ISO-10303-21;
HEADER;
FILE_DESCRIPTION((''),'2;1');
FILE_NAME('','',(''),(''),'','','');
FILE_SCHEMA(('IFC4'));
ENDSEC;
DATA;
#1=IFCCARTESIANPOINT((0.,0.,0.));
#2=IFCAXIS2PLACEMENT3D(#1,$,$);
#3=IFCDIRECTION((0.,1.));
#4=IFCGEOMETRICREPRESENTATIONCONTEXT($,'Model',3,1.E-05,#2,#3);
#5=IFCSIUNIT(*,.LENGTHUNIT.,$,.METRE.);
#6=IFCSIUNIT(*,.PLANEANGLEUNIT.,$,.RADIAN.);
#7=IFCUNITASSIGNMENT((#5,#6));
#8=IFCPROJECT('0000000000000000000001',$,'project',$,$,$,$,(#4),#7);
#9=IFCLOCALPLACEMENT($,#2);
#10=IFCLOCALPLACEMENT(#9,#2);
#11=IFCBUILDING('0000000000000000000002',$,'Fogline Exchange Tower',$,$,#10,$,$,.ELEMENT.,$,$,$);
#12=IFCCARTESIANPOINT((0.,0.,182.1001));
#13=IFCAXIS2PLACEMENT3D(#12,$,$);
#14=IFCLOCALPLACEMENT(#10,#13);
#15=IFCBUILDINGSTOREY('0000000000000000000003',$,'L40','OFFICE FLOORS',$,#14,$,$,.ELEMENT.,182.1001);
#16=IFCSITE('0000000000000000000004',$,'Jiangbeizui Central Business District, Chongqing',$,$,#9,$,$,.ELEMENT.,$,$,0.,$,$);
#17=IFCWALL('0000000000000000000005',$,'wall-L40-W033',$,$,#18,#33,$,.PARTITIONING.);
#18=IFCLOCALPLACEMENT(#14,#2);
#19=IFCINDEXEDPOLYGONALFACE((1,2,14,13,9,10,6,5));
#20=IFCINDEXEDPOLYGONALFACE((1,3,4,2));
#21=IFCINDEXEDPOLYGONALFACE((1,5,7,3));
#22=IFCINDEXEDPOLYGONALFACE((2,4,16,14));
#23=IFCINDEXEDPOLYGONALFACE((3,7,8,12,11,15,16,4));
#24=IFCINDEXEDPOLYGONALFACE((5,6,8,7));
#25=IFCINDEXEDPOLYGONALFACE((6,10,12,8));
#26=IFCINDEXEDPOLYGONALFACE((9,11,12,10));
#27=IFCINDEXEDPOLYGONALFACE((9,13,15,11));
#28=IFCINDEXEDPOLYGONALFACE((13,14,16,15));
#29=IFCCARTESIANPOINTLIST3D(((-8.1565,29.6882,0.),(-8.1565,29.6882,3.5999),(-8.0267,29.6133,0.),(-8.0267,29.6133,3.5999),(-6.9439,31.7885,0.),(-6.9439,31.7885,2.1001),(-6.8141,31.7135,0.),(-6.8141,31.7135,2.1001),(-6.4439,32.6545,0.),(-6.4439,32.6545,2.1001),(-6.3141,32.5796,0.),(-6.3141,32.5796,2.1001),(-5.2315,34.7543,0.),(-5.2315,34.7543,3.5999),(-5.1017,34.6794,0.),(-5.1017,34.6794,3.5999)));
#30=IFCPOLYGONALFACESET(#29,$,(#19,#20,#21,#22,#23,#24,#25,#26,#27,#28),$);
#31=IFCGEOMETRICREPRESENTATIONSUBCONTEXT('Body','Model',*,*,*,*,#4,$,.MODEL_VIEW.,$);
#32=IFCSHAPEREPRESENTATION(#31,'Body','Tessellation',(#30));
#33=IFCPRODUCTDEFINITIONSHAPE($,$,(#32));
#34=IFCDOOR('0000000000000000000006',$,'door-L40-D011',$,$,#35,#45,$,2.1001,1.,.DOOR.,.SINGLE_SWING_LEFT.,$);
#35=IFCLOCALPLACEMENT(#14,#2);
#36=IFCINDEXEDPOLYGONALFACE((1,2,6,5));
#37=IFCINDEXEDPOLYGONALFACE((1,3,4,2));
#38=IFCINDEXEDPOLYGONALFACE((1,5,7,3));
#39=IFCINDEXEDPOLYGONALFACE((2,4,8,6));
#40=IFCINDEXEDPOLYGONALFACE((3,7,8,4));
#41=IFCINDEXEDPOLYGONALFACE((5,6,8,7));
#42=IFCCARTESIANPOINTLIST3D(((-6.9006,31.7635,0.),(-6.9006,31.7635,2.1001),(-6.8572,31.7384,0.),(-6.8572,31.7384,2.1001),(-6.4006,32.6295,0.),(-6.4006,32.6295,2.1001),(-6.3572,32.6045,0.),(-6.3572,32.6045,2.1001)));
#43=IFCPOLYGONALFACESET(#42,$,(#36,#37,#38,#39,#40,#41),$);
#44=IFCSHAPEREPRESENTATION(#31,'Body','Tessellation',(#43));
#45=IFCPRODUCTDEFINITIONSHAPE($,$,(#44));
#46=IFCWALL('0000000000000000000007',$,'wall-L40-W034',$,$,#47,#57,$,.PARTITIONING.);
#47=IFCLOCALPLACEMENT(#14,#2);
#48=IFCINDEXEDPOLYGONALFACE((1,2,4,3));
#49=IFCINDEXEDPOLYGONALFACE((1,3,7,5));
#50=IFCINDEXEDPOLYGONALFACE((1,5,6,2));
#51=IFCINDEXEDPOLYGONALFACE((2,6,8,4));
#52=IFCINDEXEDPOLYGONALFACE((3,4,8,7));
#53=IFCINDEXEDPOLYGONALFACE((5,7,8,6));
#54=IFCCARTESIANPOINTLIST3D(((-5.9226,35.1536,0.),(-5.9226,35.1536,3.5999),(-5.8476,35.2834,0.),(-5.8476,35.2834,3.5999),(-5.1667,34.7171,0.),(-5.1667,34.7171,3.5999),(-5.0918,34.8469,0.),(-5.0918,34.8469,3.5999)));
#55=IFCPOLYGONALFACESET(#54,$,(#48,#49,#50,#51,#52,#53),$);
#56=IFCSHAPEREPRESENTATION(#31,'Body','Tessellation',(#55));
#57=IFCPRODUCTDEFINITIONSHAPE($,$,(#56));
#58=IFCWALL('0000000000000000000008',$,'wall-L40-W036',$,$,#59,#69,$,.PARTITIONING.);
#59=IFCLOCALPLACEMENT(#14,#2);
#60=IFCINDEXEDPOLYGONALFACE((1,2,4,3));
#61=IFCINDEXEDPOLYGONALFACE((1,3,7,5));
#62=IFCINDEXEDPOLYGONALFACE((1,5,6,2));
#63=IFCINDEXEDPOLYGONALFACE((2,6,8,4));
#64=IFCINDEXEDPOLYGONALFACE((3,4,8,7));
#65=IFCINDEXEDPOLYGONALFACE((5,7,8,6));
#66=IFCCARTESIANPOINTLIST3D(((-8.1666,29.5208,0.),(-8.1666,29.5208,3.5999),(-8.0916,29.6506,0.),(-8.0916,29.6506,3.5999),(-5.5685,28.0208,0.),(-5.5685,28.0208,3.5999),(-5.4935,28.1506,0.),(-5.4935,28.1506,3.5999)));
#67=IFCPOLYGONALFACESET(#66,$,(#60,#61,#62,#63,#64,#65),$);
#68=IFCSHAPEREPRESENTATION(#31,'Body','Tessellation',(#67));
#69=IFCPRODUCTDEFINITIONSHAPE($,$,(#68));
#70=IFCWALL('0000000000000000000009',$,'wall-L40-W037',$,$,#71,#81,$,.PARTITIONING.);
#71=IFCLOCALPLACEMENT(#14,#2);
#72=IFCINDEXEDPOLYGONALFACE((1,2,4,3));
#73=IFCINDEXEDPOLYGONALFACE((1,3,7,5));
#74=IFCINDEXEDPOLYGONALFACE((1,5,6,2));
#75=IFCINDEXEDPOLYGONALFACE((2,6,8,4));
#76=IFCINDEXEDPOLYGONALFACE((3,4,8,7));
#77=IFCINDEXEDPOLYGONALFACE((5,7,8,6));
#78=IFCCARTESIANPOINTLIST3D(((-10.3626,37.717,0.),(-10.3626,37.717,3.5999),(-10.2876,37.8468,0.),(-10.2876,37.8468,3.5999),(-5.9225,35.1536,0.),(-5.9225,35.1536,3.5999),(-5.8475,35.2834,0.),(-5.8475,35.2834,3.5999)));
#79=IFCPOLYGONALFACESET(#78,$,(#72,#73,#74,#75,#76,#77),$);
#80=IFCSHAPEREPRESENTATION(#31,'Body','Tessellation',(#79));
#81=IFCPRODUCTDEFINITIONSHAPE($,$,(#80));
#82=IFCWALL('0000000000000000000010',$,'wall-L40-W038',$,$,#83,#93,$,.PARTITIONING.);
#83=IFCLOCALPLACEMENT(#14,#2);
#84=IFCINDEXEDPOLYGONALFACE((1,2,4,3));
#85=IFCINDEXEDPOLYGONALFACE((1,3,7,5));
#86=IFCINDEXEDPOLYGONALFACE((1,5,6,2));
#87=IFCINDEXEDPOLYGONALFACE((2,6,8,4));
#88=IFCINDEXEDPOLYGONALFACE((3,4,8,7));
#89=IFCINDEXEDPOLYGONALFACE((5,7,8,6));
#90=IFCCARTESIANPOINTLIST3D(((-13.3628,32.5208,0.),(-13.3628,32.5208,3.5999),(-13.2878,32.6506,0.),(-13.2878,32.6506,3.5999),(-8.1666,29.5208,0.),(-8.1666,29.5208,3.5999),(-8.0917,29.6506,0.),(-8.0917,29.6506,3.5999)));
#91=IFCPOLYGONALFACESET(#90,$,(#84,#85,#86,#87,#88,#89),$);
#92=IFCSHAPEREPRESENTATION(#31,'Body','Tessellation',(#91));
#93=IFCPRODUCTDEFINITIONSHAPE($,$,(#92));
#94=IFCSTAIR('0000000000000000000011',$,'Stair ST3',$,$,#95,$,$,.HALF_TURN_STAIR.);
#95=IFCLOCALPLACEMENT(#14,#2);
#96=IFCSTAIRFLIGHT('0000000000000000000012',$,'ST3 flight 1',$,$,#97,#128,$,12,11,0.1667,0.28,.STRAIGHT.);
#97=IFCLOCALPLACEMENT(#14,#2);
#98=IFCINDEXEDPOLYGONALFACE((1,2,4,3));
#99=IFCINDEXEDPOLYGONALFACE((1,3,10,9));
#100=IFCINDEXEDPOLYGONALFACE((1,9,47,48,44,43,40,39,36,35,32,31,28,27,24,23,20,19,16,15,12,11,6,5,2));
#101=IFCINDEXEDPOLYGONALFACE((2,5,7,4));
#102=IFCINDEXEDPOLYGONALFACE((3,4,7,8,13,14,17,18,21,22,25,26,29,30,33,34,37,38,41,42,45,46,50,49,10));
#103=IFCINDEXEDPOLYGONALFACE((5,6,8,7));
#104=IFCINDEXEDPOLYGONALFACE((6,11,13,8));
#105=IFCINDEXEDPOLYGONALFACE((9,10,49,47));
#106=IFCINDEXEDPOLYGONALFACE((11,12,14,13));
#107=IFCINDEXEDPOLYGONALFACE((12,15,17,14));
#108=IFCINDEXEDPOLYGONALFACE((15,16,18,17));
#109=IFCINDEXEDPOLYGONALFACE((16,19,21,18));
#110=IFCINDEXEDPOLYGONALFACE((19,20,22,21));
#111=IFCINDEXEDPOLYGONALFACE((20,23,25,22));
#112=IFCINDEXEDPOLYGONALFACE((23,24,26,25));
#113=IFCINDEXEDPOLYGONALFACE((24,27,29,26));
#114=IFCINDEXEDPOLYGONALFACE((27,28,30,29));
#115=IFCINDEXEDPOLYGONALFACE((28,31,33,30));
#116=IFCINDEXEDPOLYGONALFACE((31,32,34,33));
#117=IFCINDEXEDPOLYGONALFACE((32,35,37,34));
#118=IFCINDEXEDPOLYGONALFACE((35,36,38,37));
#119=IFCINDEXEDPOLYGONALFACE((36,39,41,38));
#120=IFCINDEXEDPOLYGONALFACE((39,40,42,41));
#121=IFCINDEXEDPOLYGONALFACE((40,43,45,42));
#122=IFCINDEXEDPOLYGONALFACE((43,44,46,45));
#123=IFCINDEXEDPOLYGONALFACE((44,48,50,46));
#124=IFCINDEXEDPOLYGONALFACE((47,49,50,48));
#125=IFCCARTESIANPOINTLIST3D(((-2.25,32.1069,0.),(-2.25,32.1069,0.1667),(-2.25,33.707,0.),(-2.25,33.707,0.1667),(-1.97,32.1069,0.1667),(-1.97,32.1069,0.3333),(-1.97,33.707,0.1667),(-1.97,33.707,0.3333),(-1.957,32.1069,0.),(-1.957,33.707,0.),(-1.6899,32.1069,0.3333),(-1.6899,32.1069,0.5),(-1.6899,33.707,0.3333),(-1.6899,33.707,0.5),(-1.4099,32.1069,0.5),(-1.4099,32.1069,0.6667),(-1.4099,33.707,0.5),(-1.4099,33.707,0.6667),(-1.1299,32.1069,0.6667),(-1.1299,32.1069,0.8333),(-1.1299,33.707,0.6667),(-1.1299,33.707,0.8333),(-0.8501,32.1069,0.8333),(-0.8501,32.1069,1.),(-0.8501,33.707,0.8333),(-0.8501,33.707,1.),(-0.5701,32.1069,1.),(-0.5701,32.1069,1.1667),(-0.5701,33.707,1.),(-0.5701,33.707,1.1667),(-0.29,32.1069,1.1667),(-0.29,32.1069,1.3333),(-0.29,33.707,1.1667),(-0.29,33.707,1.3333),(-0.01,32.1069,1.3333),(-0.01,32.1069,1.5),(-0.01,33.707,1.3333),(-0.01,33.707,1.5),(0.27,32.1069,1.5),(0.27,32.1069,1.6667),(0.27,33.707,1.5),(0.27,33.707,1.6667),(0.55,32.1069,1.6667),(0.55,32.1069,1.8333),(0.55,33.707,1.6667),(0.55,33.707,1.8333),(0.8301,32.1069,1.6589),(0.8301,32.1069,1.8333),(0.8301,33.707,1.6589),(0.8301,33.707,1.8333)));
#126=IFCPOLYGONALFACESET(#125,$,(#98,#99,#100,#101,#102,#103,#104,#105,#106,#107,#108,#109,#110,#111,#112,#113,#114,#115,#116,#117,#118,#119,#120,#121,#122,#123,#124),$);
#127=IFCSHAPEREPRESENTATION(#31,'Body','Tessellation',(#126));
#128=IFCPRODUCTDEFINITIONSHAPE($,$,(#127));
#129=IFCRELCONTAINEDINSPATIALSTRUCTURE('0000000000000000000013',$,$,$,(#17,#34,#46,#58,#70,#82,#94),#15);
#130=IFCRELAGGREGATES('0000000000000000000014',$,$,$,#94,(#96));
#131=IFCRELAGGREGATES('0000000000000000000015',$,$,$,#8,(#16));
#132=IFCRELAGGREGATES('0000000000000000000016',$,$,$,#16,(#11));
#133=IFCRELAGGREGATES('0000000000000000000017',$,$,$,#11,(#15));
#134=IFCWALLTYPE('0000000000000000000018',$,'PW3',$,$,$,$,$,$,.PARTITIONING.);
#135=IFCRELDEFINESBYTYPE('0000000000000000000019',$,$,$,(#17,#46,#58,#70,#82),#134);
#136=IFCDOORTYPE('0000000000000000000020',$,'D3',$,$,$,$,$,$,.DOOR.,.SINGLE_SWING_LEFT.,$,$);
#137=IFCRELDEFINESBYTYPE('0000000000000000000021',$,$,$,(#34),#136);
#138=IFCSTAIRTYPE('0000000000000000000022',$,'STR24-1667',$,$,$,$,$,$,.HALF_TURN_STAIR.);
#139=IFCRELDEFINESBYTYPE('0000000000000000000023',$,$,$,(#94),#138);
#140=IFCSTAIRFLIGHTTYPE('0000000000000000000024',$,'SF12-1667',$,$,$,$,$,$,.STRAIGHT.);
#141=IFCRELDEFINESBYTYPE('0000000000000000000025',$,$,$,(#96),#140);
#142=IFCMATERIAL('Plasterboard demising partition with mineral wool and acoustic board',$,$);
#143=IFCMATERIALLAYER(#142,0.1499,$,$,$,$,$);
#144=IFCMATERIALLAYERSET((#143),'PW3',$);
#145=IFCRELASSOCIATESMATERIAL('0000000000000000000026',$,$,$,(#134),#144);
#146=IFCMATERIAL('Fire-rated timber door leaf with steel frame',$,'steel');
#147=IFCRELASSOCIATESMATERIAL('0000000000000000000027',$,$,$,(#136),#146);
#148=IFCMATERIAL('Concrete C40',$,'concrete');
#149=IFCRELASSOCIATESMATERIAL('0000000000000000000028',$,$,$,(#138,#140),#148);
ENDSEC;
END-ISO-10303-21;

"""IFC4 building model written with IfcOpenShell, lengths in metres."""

from ifc_helpers import new_model, si_unit, direction, frame, frame_2d, origin, place, context, subcontext, project, spatial, polyline, rectangle, outline, extrude, material, layer, layer_set, type_object, element, fill, aggregate, save


model = new_model("IFC4")

# Units and contexts
model_context = context("Model", 3, precision=1e-05, world=origin(), true_north=direction((0.0, 1.0)))
body_context = subcontext(model_context, "Body", "Model", "MODEL_VIEW")
ifc_project = project(units=[si_unit("LENGTHUNIT", "METRE"), si_unit("PLANEANGLEUNIT", "RADIAN")], contexts=[model_context])

# Site, building, storey
site_placement = place(None, origin())
site = spatial("IfcSite", under=ifc_project, at=site_placement, Name="Jiangbeizui Central Business District, Chongqing", CompositionType="ELEMENT", RefElevation=0.0)
building_placement = place(site_placement, origin())
building = spatial("IfcBuilding", under=site, at=building_placement, Name="Fogline Exchange Tower", CompositionType="ELEMENT")
storey_placement = place(building_placement, frame((0.0, 0.0, 182.1001)))
storey = spatial("IfcBuildingStorey", under=building, at=storey_placement, Name="L40", Description="OFFICE FLOORS", CompositionType="ELEMENT", Elevation=182.1001)

# Shared definitions
ifc_material_1 = material(Name="Concrete C40", Category="concrete")

# Wall, opening, door
ifc_material_2 = material(Name="Plasterboard demising partition with mineral wool and acoustic board")
ifc_layer_1 = layer(ifc_material_2, 0.1499)
ifc_layer_set_1 = layer_set([ifc_layer_1], Name="PW3")
wall_type_1 = type_object("IfcWallType", Name="PW3", PredefinedType="PARTITIONING", material=ifc_layer_set_1)
wall_1_placement = place(storey_placement, frame((-8.0916, 29.6509, 0.0), z_axis=(0.0, 0.0, 1.0), x_axis=(0.500013, 0.866018, 0.0)))
wall_1 = element("IfcWall", 1, at=wall_1_placement, inside=storey, type_object=wall_type_1, Name="wall-L40-W033", PredefinedType="PARTITIONING", context=body_context, shape_type="SweptSolid", body=[
    extrude(rectangle(XDim=5.8499, YDim=0.1499, at=frame_2d((2.9248, 0.0))), origin(), (0.0, 0.0, 1.0), 3.5999),
])
opening_1_placement = place(wall_1_placement, frame((2.425, 0.0, 0.0)))
opening_1 = element("IfcOpeningElement", 2, at=opening_1_placement, cuts=wall_1, PredefinedType="OPENING", context=body_context, shape_type="SweptSolid", body=[
    extrude(rectangle(XDim=1.0, YDim=2.1001, at=frame_2d((0.5, 1.05))), frame((0.0, 0.085, 0.0), z_axis=(0.0, -1.0, 0.0), x_axis=(1.0, 0.0, 0.0)), (0.0, 0.0, 1.0), 0.1699),
])
ifc_material_3 = material(Name="Fire-rated timber door leaf with steel frame", Category="steel")
door_type_1 = type_object("IfcDoorType", Name="D3", OperationType="SINGLE_SWING_LEFT", PredefinedType="DOOR", material=ifc_material_3)
door_1_placement = place(opening_1_placement, origin())
door_1 = element("IfcDoor", 3, at=door_1_placement, inside=storey, type_object=door_type_1, Name="door-L40-D011", OperationType="SINGLE_SWING_LEFT", OverallHeight=2.1001, OverallWidth=1.0, PredefinedType="DOOR", context=body_context, shape_type="SweptSolid", body=[
    extrude(rectangle(XDim=1.0, YDim=2.1001, at=frame_2d((0.5, 1.05))), frame((0.0, 0.0249, 0.0), z_axis=(0.0, -1.0, 0.0), x_axis=(1.0, 0.0, 0.0)), (0.0, 0.0, 1.0), 0.05),
])
fill(opening_1, door_1)

# Walls
wall_2_placement = place(storey_placement, frame((-5.1292, 34.782, 0.0), z_axis=(0.0, 0.0, 1.0), x_axis=(-0.865962, 0.50011, 0.0)))
element("IfcWall", 4, at=wall_2_placement, inside=storey, type_object=wall_type_1, Name="wall-L40-W034", PredefinedType="PARTITIONING", context=body_context, shape_type="SweptSolid", body=[
    extrude(rectangle(XDim=0.8728, YDim=0.1499, at=frame_2d((0.4365, 0.0))), origin(), (0.0, 0.0, 1.0), 3.5999),
])
wall_3_placement = place(storey_placement, frame((-5.531, 28.0857, 0.0), z_axis=(0.0, 0.0, 1.0), x_axis=(-0.866031, 0.49999, 0.0)))
element("IfcWall", 5, at=wall_3_placement, inside=storey, type_object=wall_type_1, Name="wall-L40-W036", PredefinedType="PARTITIONING", context=body_context, shape_type="SweptSolid", body=[
    extrude(rectangle(XDim=3.0, YDim=0.1499, at=frame_2d((1.5, 0.0))), origin(), (0.0, 0.0, 1.0), 3.5999),
])
wall_4_placement = place(storey_placement, frame((-5.885, 35.2185, 0.0), z_axis=(0.0, 0.0, 1.0), x_axis=(-0.866031, 0.49999, 0.0)))
element("IfcWall", 6, at=wall_4_placement, inside=storey, type_object=wall_type_1, Name="wall-L40-W037", PredefinedType="PARTITIONING", context=body_context, shape_type="SweptSolid", body=[
    extrude(rectangle(XDim=5.127, YDim=0.1499, at=frame_2d((2.5635, 0.0))), origin(), (0.0, 0.0, 1.0), 3.5999),
])
wall_5_placement = place(storey_placement, frame((-8.1292, 29.5857, 0.0), z_axis=(0.0, 0.0, 1.0), x_axis=(-0.866021, 0.500008, 0.0)))
element("IfcWall", 7, at=wall_5_placement, inside=storey, type_object=wall_type_1, Name="wall-L40-W038", PredefinedType="PARTITIONING", context=body_context, shape_type="SweptSolid", body=[
    extrude(rectangle(XDim=6.0, YDim=0.1499, at=frame_2d((3.0, 0.0))), origin(), (0.0, 0.0, 1.0), 3.5999),
])

# Stair, stair flight
stair_type = type_object("IfcStairType", Name="STR24-1667", PredefinedType="HALF_TURN_STAIR", material=ifc_material_1)
stair_placement = place(storey_placement, origin())
stair = element("IfcStair", 8, at=stair_placement, inside=storey, type_object=stair_type, Name="Stair ST3", PredefinedType="HALF_TURN_STAIR")
stair_flight_type = type_object("IfcStairFlightType", Name="SF12-1667", PredefinedType="STRAIGHT", material=ifc_material_1)
stair_flight_placement = place(storey_placement, frame((-2.25, 32.907, 0.0), z_axis=(0.0, 0.0, 1.0), x_axis=(1.0, 0.0, 0.0)))
stair_flight = element("IfcStairFlight", 9, at=stair_flight_placement, type_object=stair_flight_type, Name="ST3 flight 1", NumberOfRisers=12, NumberOfTreads=11, PredefinedType="STRAIGHT", RiserHeight=0.1667, TreadLength=0.28, context=body_context, shape_type="SweptSolid", body=[
    extrude(outline(polyline([(0.0, 0.0), (0.0, 0.1667), (0.28, 0.1667), (0.28, 0.3333), (0.5601, 0.3333), (0.5601, 0.5), (0.8401, 0.5), (0.8401, 0.6667), (1.1201, 0.6667), (1.1201, 0.8333), (1.3999, 0.8333), (1.3999, 1.0), (1.6799, 1.0), (1.6799, 1.1667), (1.96, 1.1667), (1.96, 1.3333), (2.24, 1.3333), (2.24, 1.5), (2.52, 1.5), (2.52, 1.6667), (2.8, 1.6667), (2.8, 1.8333), (3.0801, 1.8333), (3.0801, 2.0), (3.0801, 1.6589), (0.293, 0.0), (0.0, 0.0)])), frame((0.0, 0.8, 0.0), z_axis=(0.0, -1.0, 0.0), x_axis=(1.0, 0.0, 0.0)), (0.0, 0.0, 1.0), 1.6001),
])
aggregate(stair, [stair_flight])

save(model, "model.ifc")
